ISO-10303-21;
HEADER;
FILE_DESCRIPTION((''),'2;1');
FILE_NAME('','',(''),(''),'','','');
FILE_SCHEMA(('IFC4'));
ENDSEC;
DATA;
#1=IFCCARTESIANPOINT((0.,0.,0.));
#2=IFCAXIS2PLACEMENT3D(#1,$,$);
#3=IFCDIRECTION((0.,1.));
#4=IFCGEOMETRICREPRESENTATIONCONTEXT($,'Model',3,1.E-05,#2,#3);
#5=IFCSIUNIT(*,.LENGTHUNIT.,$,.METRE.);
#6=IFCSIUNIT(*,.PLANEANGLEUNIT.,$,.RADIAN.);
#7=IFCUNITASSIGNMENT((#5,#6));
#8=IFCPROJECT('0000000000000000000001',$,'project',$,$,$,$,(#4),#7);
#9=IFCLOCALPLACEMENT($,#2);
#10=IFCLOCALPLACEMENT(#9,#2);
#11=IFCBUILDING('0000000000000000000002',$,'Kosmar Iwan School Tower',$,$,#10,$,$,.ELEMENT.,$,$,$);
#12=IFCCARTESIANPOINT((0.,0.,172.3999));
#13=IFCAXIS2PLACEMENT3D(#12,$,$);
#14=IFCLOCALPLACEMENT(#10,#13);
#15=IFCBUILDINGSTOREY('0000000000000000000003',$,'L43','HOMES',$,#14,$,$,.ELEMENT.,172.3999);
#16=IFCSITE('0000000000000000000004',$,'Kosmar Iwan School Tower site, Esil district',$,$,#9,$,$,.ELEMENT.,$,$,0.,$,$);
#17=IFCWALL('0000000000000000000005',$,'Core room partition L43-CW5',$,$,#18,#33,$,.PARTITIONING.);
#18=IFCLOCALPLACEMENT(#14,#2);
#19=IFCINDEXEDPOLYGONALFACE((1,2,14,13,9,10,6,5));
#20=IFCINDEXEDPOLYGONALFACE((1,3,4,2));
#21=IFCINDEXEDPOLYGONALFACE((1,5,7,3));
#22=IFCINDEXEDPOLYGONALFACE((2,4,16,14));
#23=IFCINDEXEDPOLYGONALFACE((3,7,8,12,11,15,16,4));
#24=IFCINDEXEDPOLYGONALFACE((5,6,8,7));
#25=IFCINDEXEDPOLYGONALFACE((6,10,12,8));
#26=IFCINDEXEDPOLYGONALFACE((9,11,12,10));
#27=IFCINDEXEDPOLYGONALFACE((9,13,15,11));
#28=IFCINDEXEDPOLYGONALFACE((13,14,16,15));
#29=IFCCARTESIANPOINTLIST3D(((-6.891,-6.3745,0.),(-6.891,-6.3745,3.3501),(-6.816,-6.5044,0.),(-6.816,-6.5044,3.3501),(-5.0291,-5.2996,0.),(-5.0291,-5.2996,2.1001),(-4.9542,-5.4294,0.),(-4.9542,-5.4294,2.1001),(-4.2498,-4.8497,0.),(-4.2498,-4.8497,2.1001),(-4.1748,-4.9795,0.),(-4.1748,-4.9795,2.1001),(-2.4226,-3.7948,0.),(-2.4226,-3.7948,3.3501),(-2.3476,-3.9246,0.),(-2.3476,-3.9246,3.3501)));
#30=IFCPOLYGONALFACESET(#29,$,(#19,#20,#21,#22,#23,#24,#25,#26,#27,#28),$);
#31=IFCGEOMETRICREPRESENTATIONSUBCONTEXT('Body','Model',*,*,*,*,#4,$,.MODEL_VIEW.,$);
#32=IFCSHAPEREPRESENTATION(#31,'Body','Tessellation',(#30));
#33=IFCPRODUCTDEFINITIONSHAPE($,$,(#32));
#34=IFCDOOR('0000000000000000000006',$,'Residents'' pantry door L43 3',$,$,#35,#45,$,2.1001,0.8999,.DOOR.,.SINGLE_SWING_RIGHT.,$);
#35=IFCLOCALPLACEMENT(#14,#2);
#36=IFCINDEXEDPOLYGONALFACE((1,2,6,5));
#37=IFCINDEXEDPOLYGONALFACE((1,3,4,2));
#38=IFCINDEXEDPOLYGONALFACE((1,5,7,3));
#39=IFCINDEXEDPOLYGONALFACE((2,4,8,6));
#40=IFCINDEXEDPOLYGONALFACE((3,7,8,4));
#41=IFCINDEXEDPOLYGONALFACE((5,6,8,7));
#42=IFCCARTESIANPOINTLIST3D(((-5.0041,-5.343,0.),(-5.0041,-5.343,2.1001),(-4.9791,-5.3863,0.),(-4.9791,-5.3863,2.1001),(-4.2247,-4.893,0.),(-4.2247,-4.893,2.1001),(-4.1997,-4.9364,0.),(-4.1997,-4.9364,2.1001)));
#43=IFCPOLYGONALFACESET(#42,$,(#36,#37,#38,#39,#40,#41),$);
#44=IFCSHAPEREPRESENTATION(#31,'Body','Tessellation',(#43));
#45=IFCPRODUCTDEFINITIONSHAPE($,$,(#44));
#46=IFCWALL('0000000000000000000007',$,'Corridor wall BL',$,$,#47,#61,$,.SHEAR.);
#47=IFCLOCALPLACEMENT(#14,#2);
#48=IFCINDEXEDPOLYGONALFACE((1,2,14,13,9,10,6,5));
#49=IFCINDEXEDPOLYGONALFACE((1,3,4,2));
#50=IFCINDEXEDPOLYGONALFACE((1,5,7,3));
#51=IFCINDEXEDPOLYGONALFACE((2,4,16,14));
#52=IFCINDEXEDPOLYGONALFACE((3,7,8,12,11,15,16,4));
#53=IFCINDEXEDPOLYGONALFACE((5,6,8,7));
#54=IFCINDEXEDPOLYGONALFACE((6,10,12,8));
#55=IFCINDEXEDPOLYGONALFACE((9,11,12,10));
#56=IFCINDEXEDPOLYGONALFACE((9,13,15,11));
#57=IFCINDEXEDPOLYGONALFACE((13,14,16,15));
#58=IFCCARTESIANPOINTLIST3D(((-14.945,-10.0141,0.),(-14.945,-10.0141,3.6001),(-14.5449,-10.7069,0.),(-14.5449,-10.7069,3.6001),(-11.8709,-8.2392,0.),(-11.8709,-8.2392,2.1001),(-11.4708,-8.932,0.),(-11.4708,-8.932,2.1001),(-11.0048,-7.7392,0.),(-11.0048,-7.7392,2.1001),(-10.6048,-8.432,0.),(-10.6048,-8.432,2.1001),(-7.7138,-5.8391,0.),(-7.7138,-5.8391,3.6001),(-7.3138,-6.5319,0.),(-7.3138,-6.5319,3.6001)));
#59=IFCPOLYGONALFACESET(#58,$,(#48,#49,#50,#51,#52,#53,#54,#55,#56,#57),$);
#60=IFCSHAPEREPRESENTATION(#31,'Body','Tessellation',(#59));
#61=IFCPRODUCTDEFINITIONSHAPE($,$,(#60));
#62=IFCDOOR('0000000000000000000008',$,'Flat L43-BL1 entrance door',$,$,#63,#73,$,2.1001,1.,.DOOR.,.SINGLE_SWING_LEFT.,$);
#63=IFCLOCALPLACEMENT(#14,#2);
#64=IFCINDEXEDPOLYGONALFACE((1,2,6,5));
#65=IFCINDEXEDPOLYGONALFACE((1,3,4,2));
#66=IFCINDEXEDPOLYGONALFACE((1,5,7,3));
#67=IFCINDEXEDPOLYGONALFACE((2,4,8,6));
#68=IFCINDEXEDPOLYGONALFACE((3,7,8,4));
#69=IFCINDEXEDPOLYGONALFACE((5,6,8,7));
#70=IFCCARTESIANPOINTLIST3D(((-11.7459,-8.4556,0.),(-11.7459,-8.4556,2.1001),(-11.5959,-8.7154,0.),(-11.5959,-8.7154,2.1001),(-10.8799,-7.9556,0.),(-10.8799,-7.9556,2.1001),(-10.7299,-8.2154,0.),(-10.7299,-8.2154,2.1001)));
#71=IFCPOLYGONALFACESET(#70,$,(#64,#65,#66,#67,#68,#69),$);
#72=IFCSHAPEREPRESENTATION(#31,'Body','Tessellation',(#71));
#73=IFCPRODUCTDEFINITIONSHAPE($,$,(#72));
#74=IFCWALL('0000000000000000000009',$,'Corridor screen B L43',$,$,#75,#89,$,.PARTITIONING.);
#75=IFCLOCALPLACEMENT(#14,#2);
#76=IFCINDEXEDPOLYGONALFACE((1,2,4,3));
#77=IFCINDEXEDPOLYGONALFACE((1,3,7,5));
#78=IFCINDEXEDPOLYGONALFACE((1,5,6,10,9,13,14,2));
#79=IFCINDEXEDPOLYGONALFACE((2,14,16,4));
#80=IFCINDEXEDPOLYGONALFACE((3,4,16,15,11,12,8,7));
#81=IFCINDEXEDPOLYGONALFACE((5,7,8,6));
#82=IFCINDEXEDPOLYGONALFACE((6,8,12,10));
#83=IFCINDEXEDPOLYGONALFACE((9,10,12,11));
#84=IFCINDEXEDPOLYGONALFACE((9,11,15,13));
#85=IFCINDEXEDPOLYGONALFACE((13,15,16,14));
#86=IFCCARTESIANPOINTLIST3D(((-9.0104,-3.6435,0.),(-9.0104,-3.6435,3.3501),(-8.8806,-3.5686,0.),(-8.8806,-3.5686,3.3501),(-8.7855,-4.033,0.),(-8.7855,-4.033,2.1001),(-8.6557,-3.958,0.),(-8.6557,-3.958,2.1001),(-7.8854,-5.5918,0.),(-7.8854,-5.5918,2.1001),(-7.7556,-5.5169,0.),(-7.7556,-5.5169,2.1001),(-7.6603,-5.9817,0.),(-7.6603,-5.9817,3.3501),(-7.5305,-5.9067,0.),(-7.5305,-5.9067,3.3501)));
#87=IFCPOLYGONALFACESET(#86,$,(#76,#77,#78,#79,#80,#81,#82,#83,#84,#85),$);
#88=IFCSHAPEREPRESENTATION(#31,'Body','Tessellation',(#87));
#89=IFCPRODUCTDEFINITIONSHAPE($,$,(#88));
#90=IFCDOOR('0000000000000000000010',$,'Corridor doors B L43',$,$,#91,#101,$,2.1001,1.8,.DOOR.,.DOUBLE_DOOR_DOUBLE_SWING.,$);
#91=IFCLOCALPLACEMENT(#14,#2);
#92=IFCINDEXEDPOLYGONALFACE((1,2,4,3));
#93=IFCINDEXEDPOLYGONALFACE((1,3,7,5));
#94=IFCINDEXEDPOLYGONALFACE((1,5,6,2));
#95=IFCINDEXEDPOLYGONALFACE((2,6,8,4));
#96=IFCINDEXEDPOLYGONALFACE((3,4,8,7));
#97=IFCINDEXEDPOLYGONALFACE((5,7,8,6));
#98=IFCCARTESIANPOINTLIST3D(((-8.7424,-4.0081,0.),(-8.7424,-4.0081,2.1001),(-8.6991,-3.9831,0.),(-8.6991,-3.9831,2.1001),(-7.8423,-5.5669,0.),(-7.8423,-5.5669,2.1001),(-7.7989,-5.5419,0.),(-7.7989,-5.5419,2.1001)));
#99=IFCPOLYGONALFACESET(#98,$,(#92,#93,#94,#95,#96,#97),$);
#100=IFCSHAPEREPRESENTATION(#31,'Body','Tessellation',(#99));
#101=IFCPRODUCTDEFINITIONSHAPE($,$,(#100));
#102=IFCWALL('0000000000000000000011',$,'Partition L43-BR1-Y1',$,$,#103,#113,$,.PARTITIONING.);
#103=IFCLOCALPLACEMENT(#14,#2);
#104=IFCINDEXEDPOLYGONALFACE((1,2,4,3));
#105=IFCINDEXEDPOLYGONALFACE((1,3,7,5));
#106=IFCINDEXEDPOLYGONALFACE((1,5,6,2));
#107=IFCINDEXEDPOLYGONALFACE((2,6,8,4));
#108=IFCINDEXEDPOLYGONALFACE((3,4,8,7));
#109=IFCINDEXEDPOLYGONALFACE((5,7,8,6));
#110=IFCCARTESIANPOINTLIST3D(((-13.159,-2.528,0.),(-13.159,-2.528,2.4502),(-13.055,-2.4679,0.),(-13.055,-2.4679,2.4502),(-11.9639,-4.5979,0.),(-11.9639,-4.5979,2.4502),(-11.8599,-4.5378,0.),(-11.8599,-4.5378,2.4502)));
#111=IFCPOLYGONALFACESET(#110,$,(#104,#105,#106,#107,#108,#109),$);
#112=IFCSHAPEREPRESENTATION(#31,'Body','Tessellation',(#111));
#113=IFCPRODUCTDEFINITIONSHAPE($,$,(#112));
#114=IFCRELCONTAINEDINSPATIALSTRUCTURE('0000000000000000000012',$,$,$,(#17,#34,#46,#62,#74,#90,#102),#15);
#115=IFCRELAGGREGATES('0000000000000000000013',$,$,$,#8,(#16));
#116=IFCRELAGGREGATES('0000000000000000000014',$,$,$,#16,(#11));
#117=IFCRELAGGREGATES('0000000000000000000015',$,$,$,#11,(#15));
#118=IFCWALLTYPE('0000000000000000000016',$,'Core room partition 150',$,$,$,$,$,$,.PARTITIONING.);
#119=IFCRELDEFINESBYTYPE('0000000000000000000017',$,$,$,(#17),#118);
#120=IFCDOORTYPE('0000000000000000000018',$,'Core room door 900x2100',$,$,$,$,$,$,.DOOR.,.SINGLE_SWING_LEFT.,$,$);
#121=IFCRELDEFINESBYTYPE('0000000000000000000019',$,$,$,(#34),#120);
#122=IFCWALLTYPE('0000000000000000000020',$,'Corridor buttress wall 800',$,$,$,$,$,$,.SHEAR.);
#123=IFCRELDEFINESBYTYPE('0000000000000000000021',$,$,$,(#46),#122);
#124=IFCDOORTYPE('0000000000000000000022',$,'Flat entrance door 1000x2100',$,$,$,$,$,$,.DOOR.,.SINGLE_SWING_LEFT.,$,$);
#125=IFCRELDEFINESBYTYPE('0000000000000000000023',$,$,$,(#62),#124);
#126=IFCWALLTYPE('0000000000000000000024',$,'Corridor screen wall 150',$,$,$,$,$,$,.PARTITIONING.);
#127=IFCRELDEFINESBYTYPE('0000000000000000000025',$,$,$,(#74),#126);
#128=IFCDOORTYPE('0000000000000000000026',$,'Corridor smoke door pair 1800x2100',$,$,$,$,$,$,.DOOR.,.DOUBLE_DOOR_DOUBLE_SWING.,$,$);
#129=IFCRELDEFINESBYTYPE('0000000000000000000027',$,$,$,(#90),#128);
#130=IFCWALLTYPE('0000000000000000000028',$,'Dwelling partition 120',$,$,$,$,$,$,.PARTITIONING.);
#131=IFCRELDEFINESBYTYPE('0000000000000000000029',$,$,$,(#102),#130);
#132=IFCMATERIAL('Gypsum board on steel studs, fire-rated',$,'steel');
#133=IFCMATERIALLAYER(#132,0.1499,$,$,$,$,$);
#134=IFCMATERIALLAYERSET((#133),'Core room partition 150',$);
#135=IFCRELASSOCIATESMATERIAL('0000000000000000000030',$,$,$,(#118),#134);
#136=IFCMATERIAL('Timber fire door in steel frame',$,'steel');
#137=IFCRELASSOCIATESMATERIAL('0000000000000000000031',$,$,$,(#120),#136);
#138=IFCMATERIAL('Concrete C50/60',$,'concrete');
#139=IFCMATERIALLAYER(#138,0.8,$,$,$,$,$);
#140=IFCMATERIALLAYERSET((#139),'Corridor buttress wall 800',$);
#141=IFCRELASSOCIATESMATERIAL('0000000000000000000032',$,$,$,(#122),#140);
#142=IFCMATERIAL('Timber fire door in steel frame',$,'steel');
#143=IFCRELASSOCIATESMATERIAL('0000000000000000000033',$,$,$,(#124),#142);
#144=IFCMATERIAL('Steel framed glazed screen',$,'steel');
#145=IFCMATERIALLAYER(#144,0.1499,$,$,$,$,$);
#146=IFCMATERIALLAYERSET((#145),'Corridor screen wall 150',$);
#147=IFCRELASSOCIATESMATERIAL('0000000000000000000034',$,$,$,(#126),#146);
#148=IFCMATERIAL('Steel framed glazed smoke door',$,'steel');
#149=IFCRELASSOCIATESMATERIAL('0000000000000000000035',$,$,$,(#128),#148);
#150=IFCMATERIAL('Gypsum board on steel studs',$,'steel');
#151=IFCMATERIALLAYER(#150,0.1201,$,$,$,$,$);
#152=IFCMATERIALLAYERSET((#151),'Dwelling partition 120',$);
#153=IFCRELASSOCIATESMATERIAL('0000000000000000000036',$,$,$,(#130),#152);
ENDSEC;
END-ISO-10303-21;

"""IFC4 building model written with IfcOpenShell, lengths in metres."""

from ifc_helpers import new_model, si_unit, direction, frame, frame_2d, origin, place, context, subcontext, project, spatial, rectangle, extrude, material, layer, layer_set, type_object, element, fill, save


model = new_model("IFC4")

# Units and contexts
model_context = context("Model", 3, precision=1e-05, world=origin(), true_north=direction((0.0, 1.0)))
body_context = subcontext(model_context, "Body", "Model", "MODEL_VIEW")
ifc_project = project(units=[si_unit("LENGTHUNIT", "METRE"), si_unit("PLANEANGLEUNIT", "RADIAN")], contexts=[model_context])

# Site, building, storey
site_placement = place(None, origin())
site = spatial("IfcSite", under=ifc_project, at=site_placement, Name="Kosmar Iwan School Tower site, Esil district", CompositionType="ELEMENT", RefElevation=0.0)
building_placement = place(site_placement, origin())
building = spatial("IfcBuilding", under=site, at=building_placement, Name="Kosmar Iwan School Tower", CompositionType="ELEMENT")
storey_placement = place(building_placement, frame((0.0, 0.0, 172.3999)))
storey = spatial("IfcBuildingStorey", under=building, at=storey_placement, Name="L43", Description="HOMES", CompositionType="ELEMENT", Elevation=172.3999)

# Walls, openings, doors
ifc_material_1 = material(Name="Gypsum board on steel studs, fire-rated", Category="steel")
ifc_layer_1 = layer(ifc_material_1, 0.1499)
ifc_layer_set_1 = layer_set([ifc_layer_1], Name="Core room partition 150")
wall_type_1 = type_object("IfcWallType", Name="Core room partition 150", PredefinedType="PARTITIONING", material=ifc_layer_set_1)
wall_1_placement = place(storey_placement, frame((-6.8535, -6.4395, 0.0), z_axis=(0.0, 0.0, 1.0), x_axis=(0.86603, 0.499991, 0.0)))
wall_1 = element("IfcWall", 1, at=wall_1_placement, inside=storey, type_object=wall_type_1, Name="Core room partition L43-CW5", PredefinedType="PARTITIONING", context=body_context, shape_type="SweptSolid", body=[
    extrude(rectangle(XDim=5.1597, YDim=0.1499, at=frame_2d((2.5798, 0.0))), origin(), (0.0, 0.0, 1.0), 3.3501),
])
opening_1_placement = place(wall_1_placement, frame((2.1499, 0.0, 0.0)))
opening_1 = element("IfcOpeningElement", 2, at=opening_1_placement, cuts=wall_1, PredefinedType="OPENING", context=body_context, shape_type="SweptSolid", body=[
    extrude(rectangle(XDim=0.8999, YDim=2.1001, at=frame_2d((0.45, 1.05))), frame((0.0, 0.0869, 0.0), z_axis=(0.0, -1.0, 0.0), x_axis=(1.0, 0.0, 0.0)), (0.0, 0.0, 1.0), 0.1738),
])
ifc_material_2 = material(Name="Timber fire door in steel frame", Category="steel")
door_type_1 = type_object("IfcDoorType", Name="Core room door 900x2100", OperationType="SINGLE_SWING_LEFT", PredefinedType="DOOR", material=ifc_material_2)
door_1_placement = place(opening_1_placement, origin())
door_1 = element("IfcDoor", 3, at=door_1_placement, inside=storey, type_object=door_type_1, Name="Residents' pantry door L43 3", OperationType="SINGLE_SWING_RIGHT", OverallHeight=2.1001, OverallWidth=0.8999, PredefinedType="DOOR", context=body_context, shape_type="SweptSolid", body=[
    extrude(rectangle(XDim=0.8999, YDim=2.1001, at=frame_2d((0.45, 1.05))), frame((0.0, 0.0249, 0.0), z_axis=(0.0, -1.0, 0.0), x_axis=(1.0, 0.0, 0.0)), (0.0, 0.0, 1.0), 0.05),
])
fill(opening_1, door_1)
ifc_material_3 = material(Name="Concrete C50/60", Category="concrete")
ifc_layer_2 = layer(ifc_material_3, 0.8)
ifc_layer_set_2 = layer_set([ifc_layer_2], Name="Corridor buttress wall 800")
wall_type_2 = type_object("IfcWallType", Name="Corridor buttress wall 800", PredefinedType="SHEAR", material=ifc_layer_set_2)
wall_2_placement = place(storey_placement, frame((-7.5139, -6.1855, 0.0), z_axis=(0.0, 0.0, 1.0), x_axis=(-0.86602, -0.50001, 0.0)))
wall_2 = element("IfcWall", 4, at=wall_2_placement, inside=storey, type_object=wall_type_2, Name="Corridor wall BL", PredefinedType="SHEAR", context=body_context, shape_type="SweptSolid", body=[
    extrude(rectangle(XDim=8.3499, YDim=0.8, at=frame_2d((4.1748, 0.0))), origin(), (0.0, 0.0, 1.0), 3.6001),
])
opening_2_placement = place(wall_2_placement, frame((3.8, 0.0, 0.0)))
opening_2 = element("IfcOpeningElement", 5, at=opening_2_placement, cuts=wall_2, PredefinedType="OPENING", context=body_context, shape_type="SweptSolid", body=[
    extrude(rectangle(XDim=1.0, YDim=2.1001, at=frame_2d((0.5, 1.05))), frame((0.0, 0.4121, 0.0), z_axis=(0.0, -1.0, 0.0), x_axis=(1.0, 0.0, 0.0)), (0.0, 0.0, 1.0), 0.824),
])
ifc_material_4 = material(Name="Timber fire door in steel frame", Category="steel")
door_type_2 = type_object("IfcDoorType", Name="Flat entrance door 1000x2100", OperationType="SINGLE_SWING_LEFT", PredefinedType="DOOR", material=ifc_material_4)
door_2_placement = place(opening_2_placement, origin())
door_2 = element("IfcDoor", 6, at=door_2_placement, inside=storey, type_object=door_type_2, Name="Flat L43-BL1 entrance door", OperationType="SINGLE_SWING_LEFT", OverallHeight=2.1001, OverallWidth=1.0, PredefinedType="DOOR", context=body_context, shape_type="SweptSolid", body=[
    extrude(rectangle(XDim=1.0, YDim=2.1001, at=frame_2d((0.5, 1.05))), frame((0.0, 0.1499, 0.0), z_axis=(0.0, -1.0, 0.0), x_axis=(1.0, 0.0, 0.0)), (0.0, 0.0, 1.0), 0.3),
])
fill(opening_2, door_2)
ifc_material_5 = material(Name="Steel framed glazed screen", Category="steel")
ifc_layer_3 = layer(ifc_material_5, 0.1499)
ifc_layer_set_3 = layer_set([ifc_layer_3], Name="Corridor screen wall 150")
wall_type_3 = type_object("IfcWallType", Name="Corridor screen wall 150", PredefinedType="PARTITIONING", material=ifc_layer_set_3)
wall_3_placement = place(storey_placement, frame((-8.9456, -3.606, 0.0), z_axis=(0.0, 0.0, 1.0), x_axis=(0.500049, -0.865997, 0.0)))
wall_3 = element("IfcWall", 7, at=wall_3_placement, inside=storey, type_object=wall_type_3, Name="Corridor screen B L43", PredefinedType="PARTITIONING", context=body_context, shape_type="SweptSolid", body=[
    extrude(rectangle(XDim=2.7, YDim=0.1499, at=frame_2d((1.3501, 0.0))), origin(), (0.0, 0.0, 1.0), 3.3501),
])
opening_3_placement = place(wall_3_placement, frame((0.45, 0.0, 0.0)))
opening_3 = element("IfcOpeningElement", 8, at=opening_3_placement, cuts=wall_3, PredefinedType="OPENING", context=body_context, shape_type="SweptSolid", body=[
    extrude(rectangle(XDim=1.8, YDim=2.1001, at=frame_2d((0.8999, 1.05))), frame((0.0, 0.0869, 0.0), z_axis=(0.0, -1.0, 0.0), x_axis=(1.0, 0.0, 0.0)), (0.0, 0.0, 1.0), 0.1738),
])
ifc_material_6 = material(Name="Steel framed glazed smoke door", Category="steel")
door_type_3 = type_object("IfcDoorType", Name="Corridor smoke door pair 1800x2100", OperationType="DOUBLE_DOOR_DOUBLE_SWING", PredefinedType="DOOR", material=ifc_material_6)
door_3_placement = place(opening_3_placement, origin())
door_3 = element("IfcDoor", 9, at=door_3_placement, inside=storey, type_object=door_type_3, Name="Corridor doors B L43", OperationType="DOUBLE_DOOR_DOUBLE_SWING", OverallHeight=2.1001, OverallWidth=1.8, PredefinedType="DOOR", context=body_context, shape_type="SweptSolid", body=[
    extrude(rectangle(XDim=1.8, YDim=2.1001, at=frame_2d((0.8999, 1.05))), frame((0.0, 0.0249, 0.0), z_axis=(0.0, -1.0, 0.0), x_axis=(1.0, 0.0, 0.0)), (0.0, 0.0, 1.0), 0.05),
])
fill(opening_3, door_3)

# Wall
ifc_material_7 = material(Name="Gypsum board on steel studs", Category="steel")
ifc_layer_4 = layer(ifc_material_7, 0.1201)
ifc_layer_set_4 = layer_set([ifc_layer_4], Name="Dwelling partition 120")
wall_type_4 = type_object("IfcWallType", Name="Dwelling partition 120", PredefinedType="PARTITIONING", material=ifc_layer_set_4)
wall_4_placement = place(storey_placement, frame((-11.9119, -4.5679, 0.0), z_axis=(0.0, 0.0, 1.0), x_axis=(-0.500017, 0.866015, 0.0)))
element("IfcWall", 10, at=wall_4_placement, inside=storey, type_object=wall_type_4, Name="Partition L43-BR1-Y1", PredefinedType="PARTITIONING", context=body_context, shape_type="SweptSolid", body=[
    extrude(rectangle(XDim=2.3901, YDim=0.1201, at=frame_2d((1.1951, 0.0))), origin(), (0.0, 0.0, 1.0), 2.4502),
])

save(model, "model.ifc")
